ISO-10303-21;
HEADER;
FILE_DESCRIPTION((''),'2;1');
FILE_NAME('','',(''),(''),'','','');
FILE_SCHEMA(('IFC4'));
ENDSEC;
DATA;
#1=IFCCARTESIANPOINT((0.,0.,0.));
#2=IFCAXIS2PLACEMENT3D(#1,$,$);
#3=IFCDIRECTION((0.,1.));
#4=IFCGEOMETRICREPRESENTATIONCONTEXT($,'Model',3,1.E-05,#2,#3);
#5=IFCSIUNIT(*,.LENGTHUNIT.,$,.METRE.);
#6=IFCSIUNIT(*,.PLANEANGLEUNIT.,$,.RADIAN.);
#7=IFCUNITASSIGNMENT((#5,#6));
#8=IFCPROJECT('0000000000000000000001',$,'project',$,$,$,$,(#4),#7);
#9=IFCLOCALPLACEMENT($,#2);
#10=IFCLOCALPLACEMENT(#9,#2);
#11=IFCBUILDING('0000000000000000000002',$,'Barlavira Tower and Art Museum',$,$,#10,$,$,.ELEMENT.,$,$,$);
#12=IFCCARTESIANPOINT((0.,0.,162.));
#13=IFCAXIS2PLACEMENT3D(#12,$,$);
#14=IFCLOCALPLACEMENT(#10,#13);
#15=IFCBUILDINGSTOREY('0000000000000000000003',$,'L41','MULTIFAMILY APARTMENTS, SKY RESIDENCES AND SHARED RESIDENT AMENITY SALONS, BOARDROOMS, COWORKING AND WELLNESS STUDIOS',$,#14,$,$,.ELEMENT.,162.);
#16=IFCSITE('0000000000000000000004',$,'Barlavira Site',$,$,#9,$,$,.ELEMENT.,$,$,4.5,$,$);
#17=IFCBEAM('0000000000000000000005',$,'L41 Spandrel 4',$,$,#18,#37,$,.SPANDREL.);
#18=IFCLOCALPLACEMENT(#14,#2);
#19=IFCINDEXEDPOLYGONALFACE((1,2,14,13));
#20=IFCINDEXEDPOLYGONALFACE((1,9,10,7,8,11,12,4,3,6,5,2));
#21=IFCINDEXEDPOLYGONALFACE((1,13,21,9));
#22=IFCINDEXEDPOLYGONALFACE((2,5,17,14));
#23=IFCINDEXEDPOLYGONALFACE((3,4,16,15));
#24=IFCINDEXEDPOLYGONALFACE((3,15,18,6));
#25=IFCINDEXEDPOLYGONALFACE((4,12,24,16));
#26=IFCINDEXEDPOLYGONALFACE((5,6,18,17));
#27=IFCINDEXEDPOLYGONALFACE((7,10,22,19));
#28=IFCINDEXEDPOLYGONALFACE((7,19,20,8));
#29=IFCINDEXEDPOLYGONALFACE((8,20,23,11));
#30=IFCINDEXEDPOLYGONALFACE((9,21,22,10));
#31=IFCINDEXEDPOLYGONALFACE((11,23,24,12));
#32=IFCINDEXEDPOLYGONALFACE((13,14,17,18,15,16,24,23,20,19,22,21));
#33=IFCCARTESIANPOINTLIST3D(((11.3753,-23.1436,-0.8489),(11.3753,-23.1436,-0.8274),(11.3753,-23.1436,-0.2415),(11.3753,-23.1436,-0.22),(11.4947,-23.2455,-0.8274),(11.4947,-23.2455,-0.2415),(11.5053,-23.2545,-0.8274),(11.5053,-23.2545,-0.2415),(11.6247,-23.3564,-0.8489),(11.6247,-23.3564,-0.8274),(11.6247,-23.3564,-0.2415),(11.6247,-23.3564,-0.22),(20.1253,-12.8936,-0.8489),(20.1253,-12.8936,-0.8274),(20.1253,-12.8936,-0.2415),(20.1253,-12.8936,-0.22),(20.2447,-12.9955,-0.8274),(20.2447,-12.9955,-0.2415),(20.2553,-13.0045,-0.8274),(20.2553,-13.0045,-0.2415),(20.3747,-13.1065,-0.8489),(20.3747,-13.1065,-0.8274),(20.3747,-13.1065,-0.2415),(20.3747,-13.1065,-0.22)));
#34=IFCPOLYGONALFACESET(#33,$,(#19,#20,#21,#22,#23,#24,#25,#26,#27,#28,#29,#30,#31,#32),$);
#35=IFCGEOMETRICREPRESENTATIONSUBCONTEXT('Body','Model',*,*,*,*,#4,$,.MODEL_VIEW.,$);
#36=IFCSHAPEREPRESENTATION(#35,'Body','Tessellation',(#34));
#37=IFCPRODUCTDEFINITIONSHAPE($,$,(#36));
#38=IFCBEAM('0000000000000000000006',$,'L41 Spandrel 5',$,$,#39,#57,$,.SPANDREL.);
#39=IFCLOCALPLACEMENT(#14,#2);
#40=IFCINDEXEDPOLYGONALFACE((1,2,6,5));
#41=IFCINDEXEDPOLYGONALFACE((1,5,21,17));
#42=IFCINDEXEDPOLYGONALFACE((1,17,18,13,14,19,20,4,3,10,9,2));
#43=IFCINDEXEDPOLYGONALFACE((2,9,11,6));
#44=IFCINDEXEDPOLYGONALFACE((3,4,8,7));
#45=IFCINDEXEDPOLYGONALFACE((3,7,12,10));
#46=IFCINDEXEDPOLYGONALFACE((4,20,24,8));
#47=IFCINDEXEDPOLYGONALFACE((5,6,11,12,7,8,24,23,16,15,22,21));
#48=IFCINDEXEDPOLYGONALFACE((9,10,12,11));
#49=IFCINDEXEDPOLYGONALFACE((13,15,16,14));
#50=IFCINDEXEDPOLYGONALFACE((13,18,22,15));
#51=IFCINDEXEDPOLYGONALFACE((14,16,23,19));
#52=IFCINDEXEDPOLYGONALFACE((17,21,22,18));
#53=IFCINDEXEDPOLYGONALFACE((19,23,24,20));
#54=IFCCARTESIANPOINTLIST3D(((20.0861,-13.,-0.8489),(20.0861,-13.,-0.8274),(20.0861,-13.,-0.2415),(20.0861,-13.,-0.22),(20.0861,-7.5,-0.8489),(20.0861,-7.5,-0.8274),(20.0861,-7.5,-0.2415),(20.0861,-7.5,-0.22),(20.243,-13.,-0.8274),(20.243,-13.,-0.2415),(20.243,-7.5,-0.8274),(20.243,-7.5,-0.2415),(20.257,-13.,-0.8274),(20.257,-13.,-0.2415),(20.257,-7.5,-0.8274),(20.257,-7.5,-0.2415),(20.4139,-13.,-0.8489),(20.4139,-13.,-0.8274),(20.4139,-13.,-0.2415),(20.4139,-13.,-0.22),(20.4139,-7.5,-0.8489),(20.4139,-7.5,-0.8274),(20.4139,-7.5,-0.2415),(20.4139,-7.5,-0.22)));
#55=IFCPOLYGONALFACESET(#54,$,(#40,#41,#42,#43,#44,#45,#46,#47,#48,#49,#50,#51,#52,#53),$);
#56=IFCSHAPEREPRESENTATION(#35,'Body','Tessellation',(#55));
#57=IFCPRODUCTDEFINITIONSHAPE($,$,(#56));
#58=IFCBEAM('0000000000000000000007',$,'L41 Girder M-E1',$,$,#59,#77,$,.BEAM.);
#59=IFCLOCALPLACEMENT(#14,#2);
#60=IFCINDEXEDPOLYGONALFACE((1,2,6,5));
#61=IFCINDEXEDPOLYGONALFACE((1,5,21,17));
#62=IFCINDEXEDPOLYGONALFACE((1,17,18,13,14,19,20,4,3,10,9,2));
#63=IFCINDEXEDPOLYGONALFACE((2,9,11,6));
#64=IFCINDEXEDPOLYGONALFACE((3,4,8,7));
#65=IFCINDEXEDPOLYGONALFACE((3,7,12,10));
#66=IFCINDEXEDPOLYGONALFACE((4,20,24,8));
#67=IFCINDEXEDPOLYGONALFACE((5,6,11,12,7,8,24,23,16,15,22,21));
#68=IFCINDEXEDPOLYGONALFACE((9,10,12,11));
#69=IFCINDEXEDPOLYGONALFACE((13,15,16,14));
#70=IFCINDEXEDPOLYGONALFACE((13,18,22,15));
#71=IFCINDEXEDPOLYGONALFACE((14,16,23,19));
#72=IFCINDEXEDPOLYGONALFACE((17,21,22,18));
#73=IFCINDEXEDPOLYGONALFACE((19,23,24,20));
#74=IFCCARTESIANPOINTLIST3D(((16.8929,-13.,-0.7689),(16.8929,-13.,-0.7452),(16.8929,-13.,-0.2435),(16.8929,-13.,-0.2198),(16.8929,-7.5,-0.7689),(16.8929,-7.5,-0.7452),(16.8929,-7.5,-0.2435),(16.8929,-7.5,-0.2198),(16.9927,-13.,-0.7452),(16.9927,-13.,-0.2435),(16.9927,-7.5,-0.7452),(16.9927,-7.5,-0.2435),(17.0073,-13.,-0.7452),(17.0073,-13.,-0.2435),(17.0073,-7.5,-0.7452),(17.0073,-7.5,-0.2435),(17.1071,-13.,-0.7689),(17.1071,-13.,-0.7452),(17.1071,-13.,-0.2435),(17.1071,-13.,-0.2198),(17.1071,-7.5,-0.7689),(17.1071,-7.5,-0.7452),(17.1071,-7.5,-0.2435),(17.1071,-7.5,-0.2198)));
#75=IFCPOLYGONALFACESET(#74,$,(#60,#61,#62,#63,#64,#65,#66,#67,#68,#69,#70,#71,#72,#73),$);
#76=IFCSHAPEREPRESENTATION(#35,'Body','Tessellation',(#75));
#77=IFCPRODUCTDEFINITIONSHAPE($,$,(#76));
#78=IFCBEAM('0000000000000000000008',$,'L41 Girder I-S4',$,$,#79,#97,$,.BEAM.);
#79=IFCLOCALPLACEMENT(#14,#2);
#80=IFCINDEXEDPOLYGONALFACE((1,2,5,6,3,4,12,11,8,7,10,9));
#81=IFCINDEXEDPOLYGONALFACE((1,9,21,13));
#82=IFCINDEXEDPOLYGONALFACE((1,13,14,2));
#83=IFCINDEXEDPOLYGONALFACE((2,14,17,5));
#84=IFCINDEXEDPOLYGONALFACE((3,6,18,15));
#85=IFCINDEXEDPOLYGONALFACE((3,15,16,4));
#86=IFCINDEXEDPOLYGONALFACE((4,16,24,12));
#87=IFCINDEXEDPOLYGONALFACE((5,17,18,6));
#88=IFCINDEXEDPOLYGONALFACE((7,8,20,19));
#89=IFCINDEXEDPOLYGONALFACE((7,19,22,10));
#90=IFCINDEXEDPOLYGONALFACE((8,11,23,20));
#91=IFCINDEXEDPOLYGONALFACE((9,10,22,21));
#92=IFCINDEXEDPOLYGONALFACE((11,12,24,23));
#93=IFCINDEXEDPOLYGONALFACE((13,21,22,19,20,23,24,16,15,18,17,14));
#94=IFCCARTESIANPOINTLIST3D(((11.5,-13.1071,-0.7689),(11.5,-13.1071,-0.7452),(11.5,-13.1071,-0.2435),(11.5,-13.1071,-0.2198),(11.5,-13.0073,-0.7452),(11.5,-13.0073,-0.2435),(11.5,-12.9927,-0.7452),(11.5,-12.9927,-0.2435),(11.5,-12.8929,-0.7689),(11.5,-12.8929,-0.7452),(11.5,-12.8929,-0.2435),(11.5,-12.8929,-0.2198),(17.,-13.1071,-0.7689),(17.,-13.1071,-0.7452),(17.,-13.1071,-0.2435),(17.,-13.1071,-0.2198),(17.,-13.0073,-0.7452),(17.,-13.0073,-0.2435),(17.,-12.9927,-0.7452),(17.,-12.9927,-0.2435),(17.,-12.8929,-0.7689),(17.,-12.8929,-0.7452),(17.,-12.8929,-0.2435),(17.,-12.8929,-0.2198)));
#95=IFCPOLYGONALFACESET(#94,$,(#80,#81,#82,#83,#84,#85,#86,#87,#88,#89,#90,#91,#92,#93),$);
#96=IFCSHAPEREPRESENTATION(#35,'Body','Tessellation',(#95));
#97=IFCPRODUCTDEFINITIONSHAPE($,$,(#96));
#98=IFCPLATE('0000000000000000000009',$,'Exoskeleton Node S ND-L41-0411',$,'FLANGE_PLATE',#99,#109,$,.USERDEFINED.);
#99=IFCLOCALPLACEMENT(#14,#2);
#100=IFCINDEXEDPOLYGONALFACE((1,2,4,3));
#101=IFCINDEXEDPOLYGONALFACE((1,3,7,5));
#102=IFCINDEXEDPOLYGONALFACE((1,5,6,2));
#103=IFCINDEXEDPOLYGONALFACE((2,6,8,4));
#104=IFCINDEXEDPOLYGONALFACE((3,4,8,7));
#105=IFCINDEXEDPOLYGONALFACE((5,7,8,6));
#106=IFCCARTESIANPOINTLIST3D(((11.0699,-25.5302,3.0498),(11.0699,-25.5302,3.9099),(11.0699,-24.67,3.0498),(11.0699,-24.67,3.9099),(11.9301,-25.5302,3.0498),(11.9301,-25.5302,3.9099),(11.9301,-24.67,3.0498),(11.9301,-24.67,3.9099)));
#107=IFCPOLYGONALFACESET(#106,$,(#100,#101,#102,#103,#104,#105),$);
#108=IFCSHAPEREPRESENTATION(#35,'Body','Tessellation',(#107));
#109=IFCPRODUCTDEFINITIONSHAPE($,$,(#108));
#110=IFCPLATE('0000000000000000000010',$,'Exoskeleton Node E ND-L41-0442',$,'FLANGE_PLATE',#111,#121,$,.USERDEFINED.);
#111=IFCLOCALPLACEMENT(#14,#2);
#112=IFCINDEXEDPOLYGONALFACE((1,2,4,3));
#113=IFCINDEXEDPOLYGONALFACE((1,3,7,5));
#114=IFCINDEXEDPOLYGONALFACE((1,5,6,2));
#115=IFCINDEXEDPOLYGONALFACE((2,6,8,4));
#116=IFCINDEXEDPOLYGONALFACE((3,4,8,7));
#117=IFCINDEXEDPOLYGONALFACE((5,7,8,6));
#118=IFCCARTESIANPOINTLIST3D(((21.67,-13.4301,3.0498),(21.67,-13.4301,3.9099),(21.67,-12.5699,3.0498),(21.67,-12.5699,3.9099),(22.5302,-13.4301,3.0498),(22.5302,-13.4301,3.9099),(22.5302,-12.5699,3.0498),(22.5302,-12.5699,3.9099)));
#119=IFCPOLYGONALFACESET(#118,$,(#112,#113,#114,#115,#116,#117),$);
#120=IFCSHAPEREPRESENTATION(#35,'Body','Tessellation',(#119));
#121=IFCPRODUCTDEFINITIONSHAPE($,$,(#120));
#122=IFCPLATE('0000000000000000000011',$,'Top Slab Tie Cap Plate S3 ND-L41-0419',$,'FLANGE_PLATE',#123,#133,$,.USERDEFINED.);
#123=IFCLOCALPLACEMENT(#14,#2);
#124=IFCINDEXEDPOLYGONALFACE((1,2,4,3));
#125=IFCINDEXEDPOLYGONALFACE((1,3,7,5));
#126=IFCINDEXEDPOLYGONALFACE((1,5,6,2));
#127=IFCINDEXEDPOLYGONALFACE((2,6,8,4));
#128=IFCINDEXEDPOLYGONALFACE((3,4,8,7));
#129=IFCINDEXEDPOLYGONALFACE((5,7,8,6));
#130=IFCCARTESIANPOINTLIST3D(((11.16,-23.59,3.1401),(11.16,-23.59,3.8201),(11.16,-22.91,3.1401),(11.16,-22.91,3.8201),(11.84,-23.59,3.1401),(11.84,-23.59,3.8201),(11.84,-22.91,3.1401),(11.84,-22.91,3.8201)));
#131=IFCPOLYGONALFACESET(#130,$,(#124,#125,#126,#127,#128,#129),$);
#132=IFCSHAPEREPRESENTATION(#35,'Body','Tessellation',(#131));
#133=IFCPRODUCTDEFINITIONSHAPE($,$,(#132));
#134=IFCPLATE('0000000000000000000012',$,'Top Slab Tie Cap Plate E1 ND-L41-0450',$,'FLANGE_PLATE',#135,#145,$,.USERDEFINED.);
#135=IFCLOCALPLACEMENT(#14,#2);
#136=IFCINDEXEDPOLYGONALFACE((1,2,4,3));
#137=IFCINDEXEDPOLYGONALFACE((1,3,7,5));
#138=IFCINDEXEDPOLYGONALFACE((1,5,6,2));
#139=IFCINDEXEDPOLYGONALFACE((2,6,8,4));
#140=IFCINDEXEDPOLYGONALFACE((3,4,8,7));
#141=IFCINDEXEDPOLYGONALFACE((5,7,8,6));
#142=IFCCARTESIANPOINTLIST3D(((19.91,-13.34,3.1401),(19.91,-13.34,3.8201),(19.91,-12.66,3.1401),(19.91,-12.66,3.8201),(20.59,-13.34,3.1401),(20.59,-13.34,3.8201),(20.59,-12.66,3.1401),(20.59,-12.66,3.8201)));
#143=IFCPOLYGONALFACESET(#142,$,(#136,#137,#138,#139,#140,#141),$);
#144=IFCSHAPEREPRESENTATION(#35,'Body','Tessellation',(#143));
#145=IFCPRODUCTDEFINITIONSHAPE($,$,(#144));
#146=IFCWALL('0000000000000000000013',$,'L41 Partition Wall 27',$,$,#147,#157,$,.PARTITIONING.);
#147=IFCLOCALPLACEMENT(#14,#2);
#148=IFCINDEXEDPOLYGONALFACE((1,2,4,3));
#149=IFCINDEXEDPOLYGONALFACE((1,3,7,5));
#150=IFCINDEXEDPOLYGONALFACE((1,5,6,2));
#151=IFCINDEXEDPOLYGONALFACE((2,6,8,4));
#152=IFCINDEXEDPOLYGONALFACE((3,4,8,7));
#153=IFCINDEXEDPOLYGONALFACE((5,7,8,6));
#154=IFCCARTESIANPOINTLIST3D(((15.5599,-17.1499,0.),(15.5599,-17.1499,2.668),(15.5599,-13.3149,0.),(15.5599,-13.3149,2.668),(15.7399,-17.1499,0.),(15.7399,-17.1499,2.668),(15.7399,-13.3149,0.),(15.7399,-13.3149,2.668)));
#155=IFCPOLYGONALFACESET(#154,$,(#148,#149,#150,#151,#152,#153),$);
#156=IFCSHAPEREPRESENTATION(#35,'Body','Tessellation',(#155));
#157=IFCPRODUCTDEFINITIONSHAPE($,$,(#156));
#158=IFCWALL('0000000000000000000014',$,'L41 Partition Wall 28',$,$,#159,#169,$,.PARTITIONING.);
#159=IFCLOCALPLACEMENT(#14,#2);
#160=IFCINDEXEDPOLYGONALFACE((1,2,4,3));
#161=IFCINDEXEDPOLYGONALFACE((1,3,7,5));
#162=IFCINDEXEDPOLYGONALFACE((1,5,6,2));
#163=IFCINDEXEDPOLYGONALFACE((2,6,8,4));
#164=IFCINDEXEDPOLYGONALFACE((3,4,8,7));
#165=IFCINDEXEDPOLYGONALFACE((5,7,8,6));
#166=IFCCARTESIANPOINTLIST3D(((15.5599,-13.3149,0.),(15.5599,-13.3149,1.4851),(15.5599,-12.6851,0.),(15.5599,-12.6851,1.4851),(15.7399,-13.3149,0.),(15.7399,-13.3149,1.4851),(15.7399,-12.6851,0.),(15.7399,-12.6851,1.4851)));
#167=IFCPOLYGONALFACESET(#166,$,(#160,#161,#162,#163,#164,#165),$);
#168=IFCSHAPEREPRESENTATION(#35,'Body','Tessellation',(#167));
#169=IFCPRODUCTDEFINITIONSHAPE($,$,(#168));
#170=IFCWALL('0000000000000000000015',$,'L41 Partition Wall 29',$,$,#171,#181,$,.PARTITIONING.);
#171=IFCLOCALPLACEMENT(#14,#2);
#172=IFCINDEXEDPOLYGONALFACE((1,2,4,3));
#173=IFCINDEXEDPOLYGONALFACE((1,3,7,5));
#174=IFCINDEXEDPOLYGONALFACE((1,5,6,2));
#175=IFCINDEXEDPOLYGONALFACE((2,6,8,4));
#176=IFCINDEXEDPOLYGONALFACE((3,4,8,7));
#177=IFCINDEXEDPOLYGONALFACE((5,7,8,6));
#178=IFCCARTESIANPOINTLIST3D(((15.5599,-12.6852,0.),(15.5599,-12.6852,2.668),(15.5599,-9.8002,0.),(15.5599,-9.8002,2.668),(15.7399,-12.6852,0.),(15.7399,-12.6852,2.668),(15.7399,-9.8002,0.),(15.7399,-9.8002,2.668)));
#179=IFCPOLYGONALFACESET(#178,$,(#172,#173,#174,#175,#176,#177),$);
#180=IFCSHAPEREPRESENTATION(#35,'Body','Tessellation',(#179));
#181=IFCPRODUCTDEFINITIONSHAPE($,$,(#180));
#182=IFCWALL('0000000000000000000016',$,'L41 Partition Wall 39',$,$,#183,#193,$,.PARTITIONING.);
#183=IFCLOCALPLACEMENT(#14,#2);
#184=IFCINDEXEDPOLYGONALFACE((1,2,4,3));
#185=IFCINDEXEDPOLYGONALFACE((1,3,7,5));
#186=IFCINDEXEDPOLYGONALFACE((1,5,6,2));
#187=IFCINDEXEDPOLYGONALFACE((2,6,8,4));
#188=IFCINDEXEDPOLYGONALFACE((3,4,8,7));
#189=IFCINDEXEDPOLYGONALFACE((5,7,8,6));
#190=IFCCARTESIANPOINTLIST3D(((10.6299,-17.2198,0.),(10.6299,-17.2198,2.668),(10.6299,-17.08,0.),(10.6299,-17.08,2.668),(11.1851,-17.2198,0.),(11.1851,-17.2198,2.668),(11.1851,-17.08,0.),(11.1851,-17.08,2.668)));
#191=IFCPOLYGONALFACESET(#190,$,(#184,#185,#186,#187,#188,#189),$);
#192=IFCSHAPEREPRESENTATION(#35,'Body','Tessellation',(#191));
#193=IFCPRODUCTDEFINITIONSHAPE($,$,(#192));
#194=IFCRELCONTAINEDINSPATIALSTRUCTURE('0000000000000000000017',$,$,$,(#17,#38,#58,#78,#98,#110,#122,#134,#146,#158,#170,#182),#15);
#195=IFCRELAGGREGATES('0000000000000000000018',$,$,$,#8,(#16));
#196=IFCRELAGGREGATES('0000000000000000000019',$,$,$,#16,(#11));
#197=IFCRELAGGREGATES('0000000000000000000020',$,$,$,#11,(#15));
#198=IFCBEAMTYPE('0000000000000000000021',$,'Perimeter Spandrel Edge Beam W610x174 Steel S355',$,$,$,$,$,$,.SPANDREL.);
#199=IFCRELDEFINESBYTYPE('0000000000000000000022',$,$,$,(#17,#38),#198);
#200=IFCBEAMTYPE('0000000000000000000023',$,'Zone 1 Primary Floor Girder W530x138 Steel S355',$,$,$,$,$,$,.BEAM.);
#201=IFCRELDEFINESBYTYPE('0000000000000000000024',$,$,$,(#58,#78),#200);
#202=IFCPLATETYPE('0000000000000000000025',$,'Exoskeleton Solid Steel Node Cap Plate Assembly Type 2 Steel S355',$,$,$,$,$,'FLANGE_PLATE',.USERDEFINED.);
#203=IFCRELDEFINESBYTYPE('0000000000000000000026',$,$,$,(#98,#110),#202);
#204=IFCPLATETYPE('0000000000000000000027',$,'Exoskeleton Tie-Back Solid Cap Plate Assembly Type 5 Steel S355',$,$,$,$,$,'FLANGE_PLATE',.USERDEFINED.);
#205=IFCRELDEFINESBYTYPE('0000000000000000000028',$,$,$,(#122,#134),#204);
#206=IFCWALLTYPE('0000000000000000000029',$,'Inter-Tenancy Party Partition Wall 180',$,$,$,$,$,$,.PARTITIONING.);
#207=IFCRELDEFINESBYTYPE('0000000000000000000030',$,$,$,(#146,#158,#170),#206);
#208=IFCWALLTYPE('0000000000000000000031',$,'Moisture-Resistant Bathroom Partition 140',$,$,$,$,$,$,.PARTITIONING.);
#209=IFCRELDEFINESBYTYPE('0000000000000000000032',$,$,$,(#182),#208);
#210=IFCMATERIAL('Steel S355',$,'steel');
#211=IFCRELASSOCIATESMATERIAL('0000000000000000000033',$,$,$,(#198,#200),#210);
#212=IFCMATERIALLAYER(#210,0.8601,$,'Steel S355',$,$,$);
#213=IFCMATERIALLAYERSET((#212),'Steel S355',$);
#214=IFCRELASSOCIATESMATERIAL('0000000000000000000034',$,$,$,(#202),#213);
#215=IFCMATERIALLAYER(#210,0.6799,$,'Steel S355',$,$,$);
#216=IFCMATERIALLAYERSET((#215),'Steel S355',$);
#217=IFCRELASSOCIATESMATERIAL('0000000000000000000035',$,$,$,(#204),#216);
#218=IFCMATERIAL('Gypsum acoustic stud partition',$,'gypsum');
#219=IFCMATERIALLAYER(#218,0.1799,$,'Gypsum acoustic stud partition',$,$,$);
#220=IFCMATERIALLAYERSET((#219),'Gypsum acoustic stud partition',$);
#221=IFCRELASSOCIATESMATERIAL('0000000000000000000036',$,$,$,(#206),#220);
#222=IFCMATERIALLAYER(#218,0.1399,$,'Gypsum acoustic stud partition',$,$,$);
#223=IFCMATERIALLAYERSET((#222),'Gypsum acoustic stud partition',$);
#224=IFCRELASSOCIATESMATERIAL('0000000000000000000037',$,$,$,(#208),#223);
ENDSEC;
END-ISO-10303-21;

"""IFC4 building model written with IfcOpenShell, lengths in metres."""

from ifc_helpers import new_model, si_unit, direction, frame, frame_2d, origin, origin_2d, place, context, subcontext, project, spatial, rectangle, i_section, extrude, material, layer, layer_set, material_profile, profile_set, type_object, element, save


model = new_model("IFC4")

# Units and contexts
model_context = context("Model", 3, precision=1e-05, world=origin(), true_north=direction((0.0, 1.0)))
body_context = subcontext(model_context, "Body", "Model", "MODEL_VIEW")
ifc_project = project(units=[si_unit("LENGTHUNIT", "METRE"), si_unit("PLANEANGLEUNIT", "RADIAN")], contexts=[model_context])

# Site, building, storey
site_placement = place(None, origin())
site = spatial("IfcSite", under=ifc_project, at=site_placement, Name="Barlavira Site", CompositionType="ELEMENT", RefElevation=4.5)
building_placement = place(site_placement, origin())
building = spatial("IfcBuilding", under=site, at=building_placement, Name="Barlavira Tower and Art Museum", CompositionType="ELEMENT")
storey_placement = place(building_placement, frame((0.0, 0.0, 162.0)))
storey = spatial("IfcBuildingStorey", under=building, at=storey_placement, Name="L41", Description="MULTIFAMILY APARTMENTS, SKY RESIDENCES AND SHARED RESIDENT AMENITY SALONS, BOARDROOMS, COWORKING AND WELLNESS STUDIOS", CompositionType="ELEMENT", Elevation=162.0)

# Shared definitions
ifc_material_1 = material(Name="Steel S355", Category="steel")

# Beams
ifc_material_profile_1 = material_profile(ifc_material_1, i_section(OverallWidth=0.3279, OverallDepth=0.6289, WebThickness=0.0139, FlangeThickness=0.0215, at=origin_2d()), Name="W610x174.0")
ifc_profile_set_1 = profile_set([ifc_material_profile_1], Name="Steel S355")
beam_type_1 = type_object("IfcBeamType", Name="Perimeter Spandrel Edge Beam W610x174 Steel S355", PredefinedType="SPANDREL", material=ifc_profile_set_1)
beam_1_placement = place(storey_placement, frame((11.5, -23.25, -0.5344), z_axis=(0.649262, 0.760565, 0.0), x_axis=(-0.760565, 0.649262, 0.0)))
element("IfcBeam", 1, at=beam_1_placement, inside=storey, type_object=beam_type_1, Name="L41 Spandrel 4", PredefinedType="SPANDREL", context=body_context, shape_type="SweptSolid", body=[
    extrude(i_section(OverallWidth=0.3279, OverallDepth=0.6289, WebThickness=0.0139, FlangeThickness=0.0215, at=origin_2d()), origin(), (0.0, 0.0, 1.0), 13.4768),
])
beam_2_placement = place(storey_placement, frame((20.25, -13.0, -0.5344), z_axis=(0.0, 1.0, 0.0), x_axis=(-1.0, 0.0, 0.0)))
element("IfcBeam", 2, at=beam_2_placement, inside=storey, type_object=beam_type_1, Name="L41 Spandrel 5", PredefinedType="SPANDREL", context=body_context, shape_type="SweptSolid", body=[
    extrude(i_section(OverallWidth=0.3279, OverallDepth=0.6289, WebThickness=0.0139, FlangeThickness=0.0215, at=origin_2d()), origin(), (0.0, 0.0, 1.0), 5.5),
])
ifc_material_profile_2 = material_profile(ifc_material_1, i_section(OverallWidth=0.2141, OverallDepth=0.5491, WebThickness=0.0146, FlangeThickness=0.0237, at=origin_2d()), Name="W530x138.0")
ifc_profile_set_2 = profile_set([ifc_material_profile_2], Name="Steel S355")
beam_type_2 = type_object("IfcBeamType", Name="Zone 1 Primary Floor Girder W530x138 Steel S355", PredefinedType="BEAM", material=ifc_profile_set_2)
for number, where, z_axis, x_axis, name in (
    (3, (17.0, -13.0, -0.4944), (0.0, 1.0, 0.0), (-1.0, 0.0, 0.0), "L41 Girder M-E1"),
    (4, (11.5, -13.0, -0.4944), (1.0, 0.0, 0.0), (0.0, 1.0, 0.0), "L41 Girder I-S4"),
):
    element("IfcBeam", number, at=place(storey_placement, frame(where, z_axis=z_axis, x_axis=x_axis)), inside=storey, type_object=beam_type_2, Name=name, PredefinedType="BEAM", context=body_context, shape_type="SweptSolid", body=[
        extrude(i_section(OverallWidth=0.2141, OverallDepth=0.5491, WebThickness=0.0146, FlangeThickness=0.0237, at=origin_2d()), origin(), (0.0, 0.0, 1.0), 5.5),
    ])

# Plates
ifc_layer_1 = layer(ifc_material_1, 0.8601, Name="Steel S355")
ifc_layer_set_1 = layer_set([ifc_layer_1], Name="Steel S355")
plate_type_1 = type_object("IfcPlateType", Name="Exoskeleton Solid Steel Node Cap Plate Assembly Type 2 Steel S355", ElementType="FLANGE_PLATE", PredefinedType="USERDEFINED", material=ifc_layer_set_1)
for number, where, z_axis, x_axis, name in (
    (5, (11.5, -25.1001, 3.0498), (0.0, 0.0, 1.0), (1.0, 0.0, 0.0), "Exoskeleton Node S ND-L41-0411"),
    (6, (22.1001, -13.0, 3.0498), (0.0, 0.0, 1.0), (1.0, 0.0, 0.0), "Exoskeleton Node E ND-L41-0442"),
):
    element("IfcPlate", number, at=place(storey_placement, frame(where, z_axis=z_axis, x_axis=x_axis)), inside=storey, type_object=plate_type_1, Name=name, ObjectType="FLANGE_PLATE", PredefinedType="USERDEFINED", context=body_context, shape_type="SweptSolid", body=[
        extrude(rectangle(XDim=0.8601, YDim=0.8601, at=origin_2d()), origin(), (0.0, 0.0, 1.0), 0.8601),
    ])
ifc_layer_2 = layer(ifc_material_1, 0.6799, Name="Steel S355")
ifc_layer_set_2 = layer_set([ifc_layer_2], Name="Steel S355")
plate_type_2 = type_object("IfcPlateType", Name="Exoskeleton Tie-Back Solid Cap Plate Assembly Type 5 Steel S355", ElementType="FLANGE_PLATE", PredefinedType="USERDEFINED", material=ifc_layer_set_2)
for number, where, z_axis, x_axis, name in (
    (7, (11.5, -23.25, 3.1401), (0.0, 0.0, 1.0), (1.0, 0.0, 0.0), "Top Slab Tie Cap Plate S3 ND-L41-0419"),
    (8, (20.25, -13.0, 3.1401), (0.0, 0.0, 1.0), (1.0, 0.0, 0.0), "Top Slab Tie Cap Plate E1 ND-L41-0450"),
):
    element("IfcPlate", number, at=place(storey_placement, frame(where, z_axis=z_axis, x_axis=x_axis)), inside=storey, type_object=plate_type_2, Name=name, ObjectType="FLANGE_PLATE", PredefinedType="USERDEFINED", context=body_context, shape_type="SweptSolid", body=[
        extrude(rectangle(XDim=0.6799, YDim=0.6799, at=origin_2d()), origin(), (0.0, 0.0, 1.0), 0.6799),
    ])

# Walls
ifc_material_2 = material(Name="Gypsum acoustic stud partition", Category="gypsum")
ifc_layer_3 = layer(ifc_material_2, 0.1799, Name="Gypsum acoustic stud partition")
ifc_layer_set_3 = layer_set([ifc_layer_3], Name="Gypsum acoustic stud partition")
wall_type_1 = type_object("IfcWallType", Name="Inter-Tenancy Party Partition Wall 180", PredefinedType="PARTITIONING", material=ifc_layer_set_3)
wall_1_placement = place(storey_placement, frame((15.6499, -17.1499, 0.0), z_axis=(0.0, 0.0, 1.0), x_axis=(0.0, 1.0, 0.0)))
element("IfcWall", 9, at=wall_1_placement, inside=storey, type_object=wall_type_1, Name="L41 Partition Wall 27", PredefinedType="PARTITIONING", context=body_context, shape_type="SweptSolid", body=[
    extrude(rectangle(XDim=3.835, YDim=0.1799, at=frame_2d((1.9175, 0.0))), origin(), (0.0, 0.0, 1.0), 2.668),
])
wall_2_placement = place(storey_placement, frame((15.6499, -13.3149, 0.0), z_axis=(0.0, 0.0, 1.0), x_axis=(0.0, 1.0, 0.0)))
element("IfcWall", 10, at=wall_2_placement, inside=storey, type_object=wall_type_1, Name="L41 Partition Wall 28", PredefinedType="PARTITIONING", context=body_context, shape_type="SweptSolid", body=[
    extrude(rectangle(XDim=0.6299, YDim=0.1799, at=frame_2d((0.3149, 0.0))), origin(), (0.0, 0.0, 1.0), 1.4851),
])
wall_3_placement = place(storey_placement, frame((15.6499, -12.6851, 0.0), z_axis=(0.0, 0.0, 1.0), x_axis=(0.0, 1.0, 0.0)))
element("IfcWall", 11, at=wall_3_placement, inside=storey, type_object=wall_type_1, Name="L41 Partition Wall 29", PredefinedType="PARTITIONING", context=body_context, shape_type="SweptSolid", body=[
    extrude(rectangle(XDim=2.885, YDim=0.1799, at=frame_2d((1.4424, 0.0))), origin(), (0.0, 0.0, 1.0), 2.668),
])
ifc_layer_4 = layer(ifc_material_2, 0.1399, Name="Gypsum acoustic stud partition")
ifc_layer_set_4 = layer_set([ifc_layer_4], Name="Gypsum acoustic stud partition")
wall_type_2 = type_object("IfcWallType", Name="Moisture-Resistant Bathroom Partition 140", PredefinedType="PARTITIONING", material=ifc_layer_set_4)
wall_4_placement = place(storey_placement, frame((10.6299, -17.1499, 0.0), z_axis=(0.0, 0.0, 1.0), x_axis=(1.0, 0.0, 0.0)))
element("IfcWall", 12, at=wall_4_placement, inside=storey, type_object=wall_type_2, Name="L41 Partition Wall 39", PredefinedType="PARTITIONING", context=body_context, shape_type="SweptSolid", body=[
    extrude(rectangle(XDim=0.5552, YDim=0.1399, at=frame_2d((0.2776, 0.0))), origin(), (0.0, 0.0, 1.0), 2.668),
])

save(model, "model.ifc")
